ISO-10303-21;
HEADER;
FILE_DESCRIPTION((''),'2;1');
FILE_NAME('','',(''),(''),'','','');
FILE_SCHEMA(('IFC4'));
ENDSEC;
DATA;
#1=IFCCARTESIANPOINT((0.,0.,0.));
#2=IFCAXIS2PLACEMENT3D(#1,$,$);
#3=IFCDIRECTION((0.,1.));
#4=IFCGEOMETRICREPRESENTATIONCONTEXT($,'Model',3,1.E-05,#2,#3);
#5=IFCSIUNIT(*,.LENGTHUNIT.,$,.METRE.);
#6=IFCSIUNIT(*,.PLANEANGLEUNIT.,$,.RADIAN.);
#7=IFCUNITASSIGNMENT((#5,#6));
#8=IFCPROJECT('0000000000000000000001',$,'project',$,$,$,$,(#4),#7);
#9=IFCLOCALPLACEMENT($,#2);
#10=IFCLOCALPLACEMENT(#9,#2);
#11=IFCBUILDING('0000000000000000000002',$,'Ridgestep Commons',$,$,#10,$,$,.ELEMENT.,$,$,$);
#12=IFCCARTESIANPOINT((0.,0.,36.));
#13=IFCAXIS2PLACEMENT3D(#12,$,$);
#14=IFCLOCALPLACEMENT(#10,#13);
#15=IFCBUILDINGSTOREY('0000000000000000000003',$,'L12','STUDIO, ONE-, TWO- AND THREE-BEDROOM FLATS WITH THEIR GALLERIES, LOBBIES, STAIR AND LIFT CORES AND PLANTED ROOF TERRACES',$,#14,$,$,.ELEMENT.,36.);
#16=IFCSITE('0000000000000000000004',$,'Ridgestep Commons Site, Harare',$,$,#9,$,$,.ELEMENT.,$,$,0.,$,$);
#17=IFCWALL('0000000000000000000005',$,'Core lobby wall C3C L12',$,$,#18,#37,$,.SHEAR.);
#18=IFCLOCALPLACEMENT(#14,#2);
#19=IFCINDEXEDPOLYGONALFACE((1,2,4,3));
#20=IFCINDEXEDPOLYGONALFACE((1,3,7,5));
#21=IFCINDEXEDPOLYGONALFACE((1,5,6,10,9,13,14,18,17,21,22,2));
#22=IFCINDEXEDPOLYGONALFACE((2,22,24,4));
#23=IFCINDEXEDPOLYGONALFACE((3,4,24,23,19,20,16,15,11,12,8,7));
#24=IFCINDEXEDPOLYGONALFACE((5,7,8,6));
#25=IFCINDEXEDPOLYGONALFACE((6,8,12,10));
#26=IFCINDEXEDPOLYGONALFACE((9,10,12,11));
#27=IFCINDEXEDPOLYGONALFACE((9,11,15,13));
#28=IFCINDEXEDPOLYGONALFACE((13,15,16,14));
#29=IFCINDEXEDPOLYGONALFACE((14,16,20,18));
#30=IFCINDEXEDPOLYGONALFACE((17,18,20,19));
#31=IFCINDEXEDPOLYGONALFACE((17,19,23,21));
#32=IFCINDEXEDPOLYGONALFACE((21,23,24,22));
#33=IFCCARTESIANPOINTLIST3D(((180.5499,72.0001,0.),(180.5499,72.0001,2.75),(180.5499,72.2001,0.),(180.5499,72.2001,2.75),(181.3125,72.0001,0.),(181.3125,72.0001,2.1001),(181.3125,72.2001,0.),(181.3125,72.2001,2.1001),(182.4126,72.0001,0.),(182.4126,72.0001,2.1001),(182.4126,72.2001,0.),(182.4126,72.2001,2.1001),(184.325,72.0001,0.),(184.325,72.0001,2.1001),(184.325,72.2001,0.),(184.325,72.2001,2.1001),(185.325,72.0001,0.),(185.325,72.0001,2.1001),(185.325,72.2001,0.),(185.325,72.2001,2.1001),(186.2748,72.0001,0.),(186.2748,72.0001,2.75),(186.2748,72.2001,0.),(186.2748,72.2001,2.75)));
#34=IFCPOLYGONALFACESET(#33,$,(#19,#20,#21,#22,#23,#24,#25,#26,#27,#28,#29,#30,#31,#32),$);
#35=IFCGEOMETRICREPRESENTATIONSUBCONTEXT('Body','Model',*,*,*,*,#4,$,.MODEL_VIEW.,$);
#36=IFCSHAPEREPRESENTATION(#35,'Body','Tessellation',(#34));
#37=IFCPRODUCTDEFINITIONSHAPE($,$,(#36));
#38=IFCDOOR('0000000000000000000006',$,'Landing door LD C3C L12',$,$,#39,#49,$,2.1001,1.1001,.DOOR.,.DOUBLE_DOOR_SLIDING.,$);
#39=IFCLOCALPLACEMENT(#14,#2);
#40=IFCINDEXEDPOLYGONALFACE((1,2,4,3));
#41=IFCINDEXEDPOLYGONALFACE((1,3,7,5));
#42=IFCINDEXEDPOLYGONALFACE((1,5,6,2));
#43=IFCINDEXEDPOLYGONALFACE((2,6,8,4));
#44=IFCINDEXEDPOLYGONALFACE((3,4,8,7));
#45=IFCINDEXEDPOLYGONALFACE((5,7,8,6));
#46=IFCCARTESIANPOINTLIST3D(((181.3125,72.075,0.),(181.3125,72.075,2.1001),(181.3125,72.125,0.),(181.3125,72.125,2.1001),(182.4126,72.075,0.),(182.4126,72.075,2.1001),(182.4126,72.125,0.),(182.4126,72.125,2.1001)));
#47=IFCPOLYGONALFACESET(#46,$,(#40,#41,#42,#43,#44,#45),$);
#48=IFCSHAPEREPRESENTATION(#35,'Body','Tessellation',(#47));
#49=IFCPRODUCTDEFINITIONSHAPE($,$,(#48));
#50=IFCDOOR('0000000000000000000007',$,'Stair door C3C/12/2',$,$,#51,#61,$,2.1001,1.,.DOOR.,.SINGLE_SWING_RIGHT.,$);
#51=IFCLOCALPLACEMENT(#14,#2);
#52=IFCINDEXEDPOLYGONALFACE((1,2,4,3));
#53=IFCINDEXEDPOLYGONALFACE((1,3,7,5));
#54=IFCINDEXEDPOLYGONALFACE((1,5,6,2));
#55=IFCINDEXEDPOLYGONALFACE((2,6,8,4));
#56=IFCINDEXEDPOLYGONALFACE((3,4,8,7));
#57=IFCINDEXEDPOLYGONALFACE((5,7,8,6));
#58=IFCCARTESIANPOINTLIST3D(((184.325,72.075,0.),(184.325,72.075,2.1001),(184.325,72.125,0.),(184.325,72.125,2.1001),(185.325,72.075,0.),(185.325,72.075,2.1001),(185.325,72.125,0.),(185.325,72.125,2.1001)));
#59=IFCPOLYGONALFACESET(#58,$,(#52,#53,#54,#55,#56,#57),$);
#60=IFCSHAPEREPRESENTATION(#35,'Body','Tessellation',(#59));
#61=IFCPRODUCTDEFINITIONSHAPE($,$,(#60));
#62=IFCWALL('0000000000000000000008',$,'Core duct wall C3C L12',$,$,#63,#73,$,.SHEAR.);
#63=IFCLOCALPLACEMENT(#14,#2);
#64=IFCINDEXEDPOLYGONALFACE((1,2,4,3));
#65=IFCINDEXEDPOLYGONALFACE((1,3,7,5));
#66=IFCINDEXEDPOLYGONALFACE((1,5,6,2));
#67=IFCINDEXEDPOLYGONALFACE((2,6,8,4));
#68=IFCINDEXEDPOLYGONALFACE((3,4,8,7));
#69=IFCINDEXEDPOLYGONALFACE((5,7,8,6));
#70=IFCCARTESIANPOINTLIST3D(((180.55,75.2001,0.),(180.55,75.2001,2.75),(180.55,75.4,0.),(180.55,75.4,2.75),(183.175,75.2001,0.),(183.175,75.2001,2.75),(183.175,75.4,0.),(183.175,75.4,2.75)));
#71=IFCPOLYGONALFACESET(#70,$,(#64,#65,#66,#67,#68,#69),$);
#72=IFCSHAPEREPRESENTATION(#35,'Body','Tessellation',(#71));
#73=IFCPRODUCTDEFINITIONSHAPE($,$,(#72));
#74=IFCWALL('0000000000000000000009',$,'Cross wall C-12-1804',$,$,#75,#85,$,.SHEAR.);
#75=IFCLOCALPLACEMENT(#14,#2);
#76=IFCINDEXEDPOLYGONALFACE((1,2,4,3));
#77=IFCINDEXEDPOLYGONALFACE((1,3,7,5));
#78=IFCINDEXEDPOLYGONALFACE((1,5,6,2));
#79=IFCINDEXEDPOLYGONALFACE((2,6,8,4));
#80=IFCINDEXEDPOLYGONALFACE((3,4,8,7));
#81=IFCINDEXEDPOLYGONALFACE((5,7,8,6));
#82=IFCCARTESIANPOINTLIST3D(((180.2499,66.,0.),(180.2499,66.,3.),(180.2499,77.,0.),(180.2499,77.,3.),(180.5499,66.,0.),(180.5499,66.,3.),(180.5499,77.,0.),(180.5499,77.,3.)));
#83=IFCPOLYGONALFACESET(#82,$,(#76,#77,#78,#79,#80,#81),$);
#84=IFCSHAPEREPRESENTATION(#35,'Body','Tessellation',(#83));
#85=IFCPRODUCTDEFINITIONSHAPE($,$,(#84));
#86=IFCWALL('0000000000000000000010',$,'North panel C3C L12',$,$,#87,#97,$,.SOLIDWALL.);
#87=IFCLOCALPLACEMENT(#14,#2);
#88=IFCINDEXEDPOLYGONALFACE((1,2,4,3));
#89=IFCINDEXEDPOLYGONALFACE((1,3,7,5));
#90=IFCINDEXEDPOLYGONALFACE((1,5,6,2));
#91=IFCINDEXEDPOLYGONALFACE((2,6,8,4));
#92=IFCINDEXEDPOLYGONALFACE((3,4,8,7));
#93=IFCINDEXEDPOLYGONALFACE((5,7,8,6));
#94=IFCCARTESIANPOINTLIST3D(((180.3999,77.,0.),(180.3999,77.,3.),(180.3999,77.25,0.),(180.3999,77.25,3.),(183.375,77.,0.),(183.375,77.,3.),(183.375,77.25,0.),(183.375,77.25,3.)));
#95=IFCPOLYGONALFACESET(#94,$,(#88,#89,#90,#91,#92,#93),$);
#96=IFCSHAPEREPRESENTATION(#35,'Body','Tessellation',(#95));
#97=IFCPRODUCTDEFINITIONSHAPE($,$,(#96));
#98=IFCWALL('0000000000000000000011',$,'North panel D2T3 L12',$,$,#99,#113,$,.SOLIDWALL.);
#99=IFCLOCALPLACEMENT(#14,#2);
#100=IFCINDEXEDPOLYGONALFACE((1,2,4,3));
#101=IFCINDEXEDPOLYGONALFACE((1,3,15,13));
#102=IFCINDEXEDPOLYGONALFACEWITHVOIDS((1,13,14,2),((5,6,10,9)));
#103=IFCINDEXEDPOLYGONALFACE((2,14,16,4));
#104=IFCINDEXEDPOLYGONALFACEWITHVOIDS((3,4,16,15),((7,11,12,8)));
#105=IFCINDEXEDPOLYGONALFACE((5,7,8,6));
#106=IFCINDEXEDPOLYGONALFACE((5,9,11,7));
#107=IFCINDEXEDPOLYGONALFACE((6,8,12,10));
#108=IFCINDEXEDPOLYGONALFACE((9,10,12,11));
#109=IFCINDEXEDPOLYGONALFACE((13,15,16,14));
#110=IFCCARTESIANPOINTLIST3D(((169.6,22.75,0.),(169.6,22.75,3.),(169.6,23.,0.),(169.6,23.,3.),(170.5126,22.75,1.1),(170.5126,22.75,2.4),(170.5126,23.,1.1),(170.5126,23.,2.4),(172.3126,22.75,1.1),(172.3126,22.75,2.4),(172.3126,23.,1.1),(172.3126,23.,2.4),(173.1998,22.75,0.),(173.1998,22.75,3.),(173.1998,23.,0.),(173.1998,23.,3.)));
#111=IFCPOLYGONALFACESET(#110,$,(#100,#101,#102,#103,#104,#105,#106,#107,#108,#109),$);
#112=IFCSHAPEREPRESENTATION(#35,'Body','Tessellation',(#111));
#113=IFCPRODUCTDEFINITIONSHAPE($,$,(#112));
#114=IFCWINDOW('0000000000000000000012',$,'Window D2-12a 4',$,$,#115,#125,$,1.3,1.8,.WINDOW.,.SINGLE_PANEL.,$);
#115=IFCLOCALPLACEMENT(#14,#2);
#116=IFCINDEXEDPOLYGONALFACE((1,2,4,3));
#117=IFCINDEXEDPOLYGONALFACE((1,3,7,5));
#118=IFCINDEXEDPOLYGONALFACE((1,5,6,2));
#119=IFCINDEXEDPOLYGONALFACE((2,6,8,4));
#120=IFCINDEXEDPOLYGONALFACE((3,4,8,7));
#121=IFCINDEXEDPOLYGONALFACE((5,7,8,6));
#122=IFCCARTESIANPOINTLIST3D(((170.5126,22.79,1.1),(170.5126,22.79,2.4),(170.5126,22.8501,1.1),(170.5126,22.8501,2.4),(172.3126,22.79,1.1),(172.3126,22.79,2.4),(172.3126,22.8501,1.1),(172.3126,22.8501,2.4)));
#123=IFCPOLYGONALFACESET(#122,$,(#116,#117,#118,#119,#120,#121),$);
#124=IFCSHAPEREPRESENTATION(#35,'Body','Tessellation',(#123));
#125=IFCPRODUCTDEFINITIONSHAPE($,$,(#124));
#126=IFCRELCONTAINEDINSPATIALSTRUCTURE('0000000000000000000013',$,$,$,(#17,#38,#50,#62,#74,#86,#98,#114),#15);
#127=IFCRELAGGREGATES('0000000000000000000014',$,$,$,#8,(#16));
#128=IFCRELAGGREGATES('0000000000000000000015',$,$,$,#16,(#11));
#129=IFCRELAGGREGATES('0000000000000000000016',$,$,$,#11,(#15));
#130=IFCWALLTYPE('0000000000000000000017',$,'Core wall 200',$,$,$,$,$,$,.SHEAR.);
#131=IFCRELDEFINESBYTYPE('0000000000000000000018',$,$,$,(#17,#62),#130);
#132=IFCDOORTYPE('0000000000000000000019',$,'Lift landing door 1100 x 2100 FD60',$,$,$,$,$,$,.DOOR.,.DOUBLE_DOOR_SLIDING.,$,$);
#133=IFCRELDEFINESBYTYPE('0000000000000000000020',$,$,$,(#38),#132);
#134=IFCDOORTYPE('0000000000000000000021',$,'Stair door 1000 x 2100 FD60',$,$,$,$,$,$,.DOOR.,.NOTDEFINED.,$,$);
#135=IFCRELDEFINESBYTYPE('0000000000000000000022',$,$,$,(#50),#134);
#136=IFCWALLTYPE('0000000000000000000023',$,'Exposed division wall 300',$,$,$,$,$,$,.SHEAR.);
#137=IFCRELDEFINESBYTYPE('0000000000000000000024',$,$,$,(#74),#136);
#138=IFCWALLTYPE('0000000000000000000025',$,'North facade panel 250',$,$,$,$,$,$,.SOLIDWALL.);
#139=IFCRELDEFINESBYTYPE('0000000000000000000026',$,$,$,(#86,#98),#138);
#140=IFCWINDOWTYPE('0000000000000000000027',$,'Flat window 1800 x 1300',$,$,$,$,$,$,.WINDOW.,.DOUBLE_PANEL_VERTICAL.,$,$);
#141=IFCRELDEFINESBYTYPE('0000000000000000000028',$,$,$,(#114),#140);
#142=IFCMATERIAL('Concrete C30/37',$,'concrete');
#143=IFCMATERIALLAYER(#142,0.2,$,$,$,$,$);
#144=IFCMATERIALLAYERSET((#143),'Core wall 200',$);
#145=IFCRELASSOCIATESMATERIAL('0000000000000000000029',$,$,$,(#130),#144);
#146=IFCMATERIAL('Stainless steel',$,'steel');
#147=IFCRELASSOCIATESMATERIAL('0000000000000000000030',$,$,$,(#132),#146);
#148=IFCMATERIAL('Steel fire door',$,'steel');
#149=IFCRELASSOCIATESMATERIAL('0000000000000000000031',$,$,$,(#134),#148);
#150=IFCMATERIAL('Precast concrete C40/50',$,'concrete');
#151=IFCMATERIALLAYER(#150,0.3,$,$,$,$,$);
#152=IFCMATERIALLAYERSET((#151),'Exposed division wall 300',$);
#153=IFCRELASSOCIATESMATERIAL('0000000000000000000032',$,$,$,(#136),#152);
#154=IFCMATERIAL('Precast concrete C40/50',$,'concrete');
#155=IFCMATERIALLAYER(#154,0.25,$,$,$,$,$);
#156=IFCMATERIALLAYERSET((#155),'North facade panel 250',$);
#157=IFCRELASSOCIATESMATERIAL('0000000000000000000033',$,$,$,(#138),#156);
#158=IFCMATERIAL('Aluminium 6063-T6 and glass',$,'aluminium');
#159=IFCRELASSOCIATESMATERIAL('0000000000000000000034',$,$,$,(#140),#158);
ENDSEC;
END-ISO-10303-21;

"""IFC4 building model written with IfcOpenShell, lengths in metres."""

from ifc_helpers import new_model, si_unit, direction, frame, frame_2d, origin, place, context, subcontext, project, spatial, rectangle, extrude, material, layer, layer_set, type_object, element, fill, save


model = new_model("IFC4")

# Units and contexts
model_context = context("Model", 3, precision=1e-05, world=origin(), true_north=direction((0.0, 1.0)))
body_context = subcontext(model_context, "Body", "Model", "MODEL_VIEW")
ifc_project = project(units=[si_unit("LENGTHUNIT", "METRE"), si_unit("PLANEANGLEUNIT", "RADIAN")], contexts=[model_context])

# Site, building, storey
site_placement = place(None, origin())
site = spatial("IfcSite", under=ifc_project, at=site_placement, Name="Ridgestep Commons Site, Harare", CompositionType="ELEMENT", RefElevation=0.0)
building_placement = place(site_placement, origin())
building = spatial("IfcBuilding", under=site, at=building_placement, Name="Ridgestep Commons", CompositionType="ELEMENT")
storey_placement = place(building_placement, frame((0.0, 0.0, 36.0)))
storey = spatial("IfcBuildingStorey", under=building, at=storey_placement, Name="L12", Description="STUDIO, ONE-, TWO- AND THREE-BEDROOM FLATS WITH THEIR GALLERIES, LOBBIES, STAIR AND LIFT CORES AND PLANTED ROOF TERRACES", CompositionType="ELEMENT", Elevation=36.0)

# Wall, openings, doors
ifc_material_1 = material(Name="Concrete C30/37", Category="concrete")
ifc_layer_1 = layer(ifc_material_1, 0.2)
ifc_layer_set_1 = layer_set([ifc_layer_1], Name="Core wall 200")
wall_type_1 = type_object("IfcWallType", Name="Core wall 200", PredefinedType="SHEAR", material=ifc_layer_set_1)
wall_1_placement = place(storey_placement, frame((180.55, 72.1001, 0.0), z_axis=(0.0, 0.0, 1.0), x_axis=(1.0, 0.0, 0.0)))
wall_1 = element("IfcWall", 1, at=wall_1_placement, inside=storey, type_object=wall_type_1, Name="Core lobby wall C3C L12", PredefinedType="SHEAR", context=body_context, shape_type="SweptSolid", body=[
    extrude(rectangle(XDim=5.7249, YDim=0.2, at=frame_2d((2.8623, 0.0))), origin(), (0.0, 0.0, 1.0), 2.75),
])
opening_1_placement = place(wall_1_placement, frame((3.7749, 0.0, 0.0)))
opening_1 = element("IfcOpeningElement", 2, at=opening_1_placement, cuts=wall_1, PredefinedType="OPENING", context=body_context, shape_type="SweptSolid", body=[
    extrude(rectangle(XDim=1.0, YDim=2.1001, at=frame_2d((0.5, 1.05))), frame((0.0, 0.1099, 0.0), z_axis=(0.0, -1.0, 0.0), x_axis=(1.0, 0.0, 0.0)), (0.0, 0.0, 1.0), 0.22),
])
opening_2_placement = place(wall_1_placement, frame((0.7625, 0.0, 0.0)))
opening_2 = element("IfcOpeningElement", 3, at=opening_2_placement, cuts=wall_1, PredefinedType="OPENING", context=body_context, shape_type="SweptSolid", body=[
    extrude(rectangle(XDim=1.1001, YDim=2.1001, at=frame_2d((0.55, 1.05))), frame((0.0, 0.1099, 0.0), z_axis=(0.0, -1.0, 0.0), x_axis=(1.0, 0.0, 0.0)), (0.0, 0.0, 1.0), 0.22),
])
ifc_material_2 = material(Name="Stainless steel", Category="steel")
door_type_1 = type_object("IfcDoorType", Name="Lift landing door 1100 x 2100 FD60", OperationType="DOUBLE_DOOR_SLIDING", PredefinedType="DOOR", material=ifc_material_2)
door_1_placement = place(opening_2_placement, origin())
door_1 = element("IfcDoor", 4, at=door_1_placement, inside=storey, type_object=door_type_1, Name="Landing door LD C3C L12", OperationType="DOUBLE_DOOR_SLIDING", OverallHeight=2.1001, OverallWidth=1.1001, PredefinedType="DOOR", context=body_context, shape_type="SweptSolid", body=[
    extrude(rectangle(XDim=1.1001, YDim=2.1001, at=frame_2d((0.55, 1.05))), frame((0.0, 0.0249, 0.0), z_axis=(0.0, -1.0, 0.0), x_axis=(1.0, 0.0, 0.0)), (0.0, 0.0, 1.0), 0.05),
])
fill(opening_2, door_1)
ifc_material_3 = material(Name="Steel fire door", Category="steel")
door_type_2 = type_object("IfcDoorType", Name="Stair door 1000 x 2100 FD60", OperationType="NOTDEFINED", PredefinedType="DOOR", material=ifc_material_3)
door_2_placement = place(opening_1_placement, origin())
door_2 = element("IfcDoor", 5, at=door_2_placement, inside=storey, type_object=door_type_2, Name="Stair door C3C/12/2", OperationType="SINGLE_SWING_RIGHT", OverallHeight=2.1001, OverallWidth=1.0, PredefinedType="DOOR", context=body_context, shape_type="SweptSolid", body=[
    extrude(rectangle(XDim=1.0, YDim=2.1001, at=frame_2d((0.5, 1.05))), frame((0.0, 0.0249, 0.0), z_axis=(0.0, -1.0, 0.0), x_axis=(1.0, 0.0, 0.0)), (0.0, 0.0, 1.0), 0.05),
])
fill(opening_1, door_2)

# Walls
wall_2_placement = place(storey_placement, frame((180.55, 75.3, 0.0), z_axis=(0.0, 0.0, 1.0), x_axis=(1.0, 0.0, 0.0)))
element("IfcWall", 6, at=wall_2_placement, inside=storey, type_object=wall_type_1, Name="Core duct wall C3C L12", PredefinedType="SHEAR", context=body_context, shape_type="SweptSolid", body=[
    extrude(rectangle(XDim=2.625, YDim=0.2, at=frame_2d((1.3125, 0.0))), origin(), (0.0, 0.0, 1.0), 2.75),
])
ifc_material_4 = material(Name="Precast concrete C40/50", Category="concrete")
ifc_layer_2 = layer(ifc_material_4, 0.3)
ifc_layer_set_2 = layer_set([ifc_layer_2], Name="Exposed division wall 300")
wall_type_2 = type_object("IfcWallType", Name="Exposed division wall 300", PredefinedType="SHEAR", material=ifc_layer_set_2)
wall_3_placement = place(storey_placement, frame((180.3999, 66.0, 0.0), z_axis=(0.0, 0.0, 1.0), x_axis=(0.0, 1.0, 0.0)))
element("IfcWall", 7, at=wall_3_placement, inside=storey, type_object=wall_type_2, Name="Cross wall C-12-1804", PredefinedType="SHEAR", context=body_context, shape_type="SweptSolid", body=[
    extrude(rectangle(XDim=11.0, YDim=0.3, at=frame_2d((5.5, 0.0))), origin(), (0.0, 0.0, 1.0), 3.0),
])
ifc_material_5 = material(Name="Precast concrete C40/50", Category="concrete")
ifc_layer_3 = layer(ifc_material_5, 0.25)
ifc_layer_set_3 = layer_set([ifc_layer_3], Name="North facade panel 250")
wall_type_3 = type_object("IfcWallType", Name="North facade panel 250", PredefinedType="SOLIDWALL", material=ifc_layer_set_3)
wall_4_placement = place(storey_placement, frame((180.3999, 77.125, 0.0), z_axis=(0.0, 0.0, 1.0), x_axis=(1.0, 0.0, 0.0)))
element("IfcWall", 8, at=wall_4_placement, inside=storey, type_object=wall_type_3, Name="North panel C3C L12", PredefinedType="SOLIDWALL", context=body_context, shape_type="SweptSolid", body=[
    extrude(rectangle(XDim=2.9751, YDim=0.25, at=frame_2d((1.4875, 0.0))), origin(), (0.0, 0.0, 1.0), 3.0),
])

# Wall, opening, window
wall_5_placement = place(storey_placement, frame((169.6001, 22.875, 0.0), z_axis=(0.0, 0.0, 1.0), x_axis=(1.0, 0.0, 0.0)))
wall_5 = element("IfcWall", 9, at=wall_5_placement, inside=storey, type_object=wall_type_3, Name="North panel D2T3 L12", PredefinedType="SOLIDWALL", context=body_context, shape_type="SweptSolid", body=[
    extrude(rectangle(XDim=3.5999, YDim=0.25, at=frame_2d((1.7998, 0.0))), origin(), (0.0, 0.0, 1.0), 3.0),
])
opening_3_placement = place(wall_5_placement, frame((0.9126, 0.0, 1.1001)))
opening_3 = element("IfcOpeningElement", 10, at=opening_3_placement, cuts=wall_5, PredefinedType="OPENING", context=body_context, shape_type="SweptSolid", body=[
    extrude(rectangle(XDim=1.8, YDim=1.3, at=frame_2d((0.8999, 0.6499))), frame((0.0, 0.135, 0.0), z_axis=(0.0, -1.0, 0.0), x_axis=(1.0, 0.0, 0.0)), (0.0, 0.0, 1.0), 0.27),
])
ifc_material_6 = material(Name="Aluminium 6063-T6 and glass", Category="aluminium")
window_type = type_object("IfcWindowType", Name="Flat window 1800 x 1300", PartitioningType="DOUBLE_PANEL_VERTICAL", PredefinedType="WINDOW", material=ifc_material_6)
window_1_placement = place(opening_3_placement, origin())
window_1 = element("IfcWindow", 11, at=window_1_placement, inside=storey, type_object=window_type, Name="Window D2-12a 4", OverallHeight=1.3, OverallWidth=1.8, PartitioningType="SINGLE_PANEL", PredefinedType="WINDOW", context=body_context, shape_type="SweptSolid", body=[
    extrude(rectangle(XDim=1.8, YDim=1.3, at=frame_2d((0.8999, 0.6499))), frame((0.0, -0.0249, 0.0), z_axis=(0.0, -1.0, 0.0), x_axis=(1.0, 0.0, 0.0)), (0.0, 0.0, 1.0), 0.0601),
])
fill(opening_3, window_1)

save(model, "model.ifc")
